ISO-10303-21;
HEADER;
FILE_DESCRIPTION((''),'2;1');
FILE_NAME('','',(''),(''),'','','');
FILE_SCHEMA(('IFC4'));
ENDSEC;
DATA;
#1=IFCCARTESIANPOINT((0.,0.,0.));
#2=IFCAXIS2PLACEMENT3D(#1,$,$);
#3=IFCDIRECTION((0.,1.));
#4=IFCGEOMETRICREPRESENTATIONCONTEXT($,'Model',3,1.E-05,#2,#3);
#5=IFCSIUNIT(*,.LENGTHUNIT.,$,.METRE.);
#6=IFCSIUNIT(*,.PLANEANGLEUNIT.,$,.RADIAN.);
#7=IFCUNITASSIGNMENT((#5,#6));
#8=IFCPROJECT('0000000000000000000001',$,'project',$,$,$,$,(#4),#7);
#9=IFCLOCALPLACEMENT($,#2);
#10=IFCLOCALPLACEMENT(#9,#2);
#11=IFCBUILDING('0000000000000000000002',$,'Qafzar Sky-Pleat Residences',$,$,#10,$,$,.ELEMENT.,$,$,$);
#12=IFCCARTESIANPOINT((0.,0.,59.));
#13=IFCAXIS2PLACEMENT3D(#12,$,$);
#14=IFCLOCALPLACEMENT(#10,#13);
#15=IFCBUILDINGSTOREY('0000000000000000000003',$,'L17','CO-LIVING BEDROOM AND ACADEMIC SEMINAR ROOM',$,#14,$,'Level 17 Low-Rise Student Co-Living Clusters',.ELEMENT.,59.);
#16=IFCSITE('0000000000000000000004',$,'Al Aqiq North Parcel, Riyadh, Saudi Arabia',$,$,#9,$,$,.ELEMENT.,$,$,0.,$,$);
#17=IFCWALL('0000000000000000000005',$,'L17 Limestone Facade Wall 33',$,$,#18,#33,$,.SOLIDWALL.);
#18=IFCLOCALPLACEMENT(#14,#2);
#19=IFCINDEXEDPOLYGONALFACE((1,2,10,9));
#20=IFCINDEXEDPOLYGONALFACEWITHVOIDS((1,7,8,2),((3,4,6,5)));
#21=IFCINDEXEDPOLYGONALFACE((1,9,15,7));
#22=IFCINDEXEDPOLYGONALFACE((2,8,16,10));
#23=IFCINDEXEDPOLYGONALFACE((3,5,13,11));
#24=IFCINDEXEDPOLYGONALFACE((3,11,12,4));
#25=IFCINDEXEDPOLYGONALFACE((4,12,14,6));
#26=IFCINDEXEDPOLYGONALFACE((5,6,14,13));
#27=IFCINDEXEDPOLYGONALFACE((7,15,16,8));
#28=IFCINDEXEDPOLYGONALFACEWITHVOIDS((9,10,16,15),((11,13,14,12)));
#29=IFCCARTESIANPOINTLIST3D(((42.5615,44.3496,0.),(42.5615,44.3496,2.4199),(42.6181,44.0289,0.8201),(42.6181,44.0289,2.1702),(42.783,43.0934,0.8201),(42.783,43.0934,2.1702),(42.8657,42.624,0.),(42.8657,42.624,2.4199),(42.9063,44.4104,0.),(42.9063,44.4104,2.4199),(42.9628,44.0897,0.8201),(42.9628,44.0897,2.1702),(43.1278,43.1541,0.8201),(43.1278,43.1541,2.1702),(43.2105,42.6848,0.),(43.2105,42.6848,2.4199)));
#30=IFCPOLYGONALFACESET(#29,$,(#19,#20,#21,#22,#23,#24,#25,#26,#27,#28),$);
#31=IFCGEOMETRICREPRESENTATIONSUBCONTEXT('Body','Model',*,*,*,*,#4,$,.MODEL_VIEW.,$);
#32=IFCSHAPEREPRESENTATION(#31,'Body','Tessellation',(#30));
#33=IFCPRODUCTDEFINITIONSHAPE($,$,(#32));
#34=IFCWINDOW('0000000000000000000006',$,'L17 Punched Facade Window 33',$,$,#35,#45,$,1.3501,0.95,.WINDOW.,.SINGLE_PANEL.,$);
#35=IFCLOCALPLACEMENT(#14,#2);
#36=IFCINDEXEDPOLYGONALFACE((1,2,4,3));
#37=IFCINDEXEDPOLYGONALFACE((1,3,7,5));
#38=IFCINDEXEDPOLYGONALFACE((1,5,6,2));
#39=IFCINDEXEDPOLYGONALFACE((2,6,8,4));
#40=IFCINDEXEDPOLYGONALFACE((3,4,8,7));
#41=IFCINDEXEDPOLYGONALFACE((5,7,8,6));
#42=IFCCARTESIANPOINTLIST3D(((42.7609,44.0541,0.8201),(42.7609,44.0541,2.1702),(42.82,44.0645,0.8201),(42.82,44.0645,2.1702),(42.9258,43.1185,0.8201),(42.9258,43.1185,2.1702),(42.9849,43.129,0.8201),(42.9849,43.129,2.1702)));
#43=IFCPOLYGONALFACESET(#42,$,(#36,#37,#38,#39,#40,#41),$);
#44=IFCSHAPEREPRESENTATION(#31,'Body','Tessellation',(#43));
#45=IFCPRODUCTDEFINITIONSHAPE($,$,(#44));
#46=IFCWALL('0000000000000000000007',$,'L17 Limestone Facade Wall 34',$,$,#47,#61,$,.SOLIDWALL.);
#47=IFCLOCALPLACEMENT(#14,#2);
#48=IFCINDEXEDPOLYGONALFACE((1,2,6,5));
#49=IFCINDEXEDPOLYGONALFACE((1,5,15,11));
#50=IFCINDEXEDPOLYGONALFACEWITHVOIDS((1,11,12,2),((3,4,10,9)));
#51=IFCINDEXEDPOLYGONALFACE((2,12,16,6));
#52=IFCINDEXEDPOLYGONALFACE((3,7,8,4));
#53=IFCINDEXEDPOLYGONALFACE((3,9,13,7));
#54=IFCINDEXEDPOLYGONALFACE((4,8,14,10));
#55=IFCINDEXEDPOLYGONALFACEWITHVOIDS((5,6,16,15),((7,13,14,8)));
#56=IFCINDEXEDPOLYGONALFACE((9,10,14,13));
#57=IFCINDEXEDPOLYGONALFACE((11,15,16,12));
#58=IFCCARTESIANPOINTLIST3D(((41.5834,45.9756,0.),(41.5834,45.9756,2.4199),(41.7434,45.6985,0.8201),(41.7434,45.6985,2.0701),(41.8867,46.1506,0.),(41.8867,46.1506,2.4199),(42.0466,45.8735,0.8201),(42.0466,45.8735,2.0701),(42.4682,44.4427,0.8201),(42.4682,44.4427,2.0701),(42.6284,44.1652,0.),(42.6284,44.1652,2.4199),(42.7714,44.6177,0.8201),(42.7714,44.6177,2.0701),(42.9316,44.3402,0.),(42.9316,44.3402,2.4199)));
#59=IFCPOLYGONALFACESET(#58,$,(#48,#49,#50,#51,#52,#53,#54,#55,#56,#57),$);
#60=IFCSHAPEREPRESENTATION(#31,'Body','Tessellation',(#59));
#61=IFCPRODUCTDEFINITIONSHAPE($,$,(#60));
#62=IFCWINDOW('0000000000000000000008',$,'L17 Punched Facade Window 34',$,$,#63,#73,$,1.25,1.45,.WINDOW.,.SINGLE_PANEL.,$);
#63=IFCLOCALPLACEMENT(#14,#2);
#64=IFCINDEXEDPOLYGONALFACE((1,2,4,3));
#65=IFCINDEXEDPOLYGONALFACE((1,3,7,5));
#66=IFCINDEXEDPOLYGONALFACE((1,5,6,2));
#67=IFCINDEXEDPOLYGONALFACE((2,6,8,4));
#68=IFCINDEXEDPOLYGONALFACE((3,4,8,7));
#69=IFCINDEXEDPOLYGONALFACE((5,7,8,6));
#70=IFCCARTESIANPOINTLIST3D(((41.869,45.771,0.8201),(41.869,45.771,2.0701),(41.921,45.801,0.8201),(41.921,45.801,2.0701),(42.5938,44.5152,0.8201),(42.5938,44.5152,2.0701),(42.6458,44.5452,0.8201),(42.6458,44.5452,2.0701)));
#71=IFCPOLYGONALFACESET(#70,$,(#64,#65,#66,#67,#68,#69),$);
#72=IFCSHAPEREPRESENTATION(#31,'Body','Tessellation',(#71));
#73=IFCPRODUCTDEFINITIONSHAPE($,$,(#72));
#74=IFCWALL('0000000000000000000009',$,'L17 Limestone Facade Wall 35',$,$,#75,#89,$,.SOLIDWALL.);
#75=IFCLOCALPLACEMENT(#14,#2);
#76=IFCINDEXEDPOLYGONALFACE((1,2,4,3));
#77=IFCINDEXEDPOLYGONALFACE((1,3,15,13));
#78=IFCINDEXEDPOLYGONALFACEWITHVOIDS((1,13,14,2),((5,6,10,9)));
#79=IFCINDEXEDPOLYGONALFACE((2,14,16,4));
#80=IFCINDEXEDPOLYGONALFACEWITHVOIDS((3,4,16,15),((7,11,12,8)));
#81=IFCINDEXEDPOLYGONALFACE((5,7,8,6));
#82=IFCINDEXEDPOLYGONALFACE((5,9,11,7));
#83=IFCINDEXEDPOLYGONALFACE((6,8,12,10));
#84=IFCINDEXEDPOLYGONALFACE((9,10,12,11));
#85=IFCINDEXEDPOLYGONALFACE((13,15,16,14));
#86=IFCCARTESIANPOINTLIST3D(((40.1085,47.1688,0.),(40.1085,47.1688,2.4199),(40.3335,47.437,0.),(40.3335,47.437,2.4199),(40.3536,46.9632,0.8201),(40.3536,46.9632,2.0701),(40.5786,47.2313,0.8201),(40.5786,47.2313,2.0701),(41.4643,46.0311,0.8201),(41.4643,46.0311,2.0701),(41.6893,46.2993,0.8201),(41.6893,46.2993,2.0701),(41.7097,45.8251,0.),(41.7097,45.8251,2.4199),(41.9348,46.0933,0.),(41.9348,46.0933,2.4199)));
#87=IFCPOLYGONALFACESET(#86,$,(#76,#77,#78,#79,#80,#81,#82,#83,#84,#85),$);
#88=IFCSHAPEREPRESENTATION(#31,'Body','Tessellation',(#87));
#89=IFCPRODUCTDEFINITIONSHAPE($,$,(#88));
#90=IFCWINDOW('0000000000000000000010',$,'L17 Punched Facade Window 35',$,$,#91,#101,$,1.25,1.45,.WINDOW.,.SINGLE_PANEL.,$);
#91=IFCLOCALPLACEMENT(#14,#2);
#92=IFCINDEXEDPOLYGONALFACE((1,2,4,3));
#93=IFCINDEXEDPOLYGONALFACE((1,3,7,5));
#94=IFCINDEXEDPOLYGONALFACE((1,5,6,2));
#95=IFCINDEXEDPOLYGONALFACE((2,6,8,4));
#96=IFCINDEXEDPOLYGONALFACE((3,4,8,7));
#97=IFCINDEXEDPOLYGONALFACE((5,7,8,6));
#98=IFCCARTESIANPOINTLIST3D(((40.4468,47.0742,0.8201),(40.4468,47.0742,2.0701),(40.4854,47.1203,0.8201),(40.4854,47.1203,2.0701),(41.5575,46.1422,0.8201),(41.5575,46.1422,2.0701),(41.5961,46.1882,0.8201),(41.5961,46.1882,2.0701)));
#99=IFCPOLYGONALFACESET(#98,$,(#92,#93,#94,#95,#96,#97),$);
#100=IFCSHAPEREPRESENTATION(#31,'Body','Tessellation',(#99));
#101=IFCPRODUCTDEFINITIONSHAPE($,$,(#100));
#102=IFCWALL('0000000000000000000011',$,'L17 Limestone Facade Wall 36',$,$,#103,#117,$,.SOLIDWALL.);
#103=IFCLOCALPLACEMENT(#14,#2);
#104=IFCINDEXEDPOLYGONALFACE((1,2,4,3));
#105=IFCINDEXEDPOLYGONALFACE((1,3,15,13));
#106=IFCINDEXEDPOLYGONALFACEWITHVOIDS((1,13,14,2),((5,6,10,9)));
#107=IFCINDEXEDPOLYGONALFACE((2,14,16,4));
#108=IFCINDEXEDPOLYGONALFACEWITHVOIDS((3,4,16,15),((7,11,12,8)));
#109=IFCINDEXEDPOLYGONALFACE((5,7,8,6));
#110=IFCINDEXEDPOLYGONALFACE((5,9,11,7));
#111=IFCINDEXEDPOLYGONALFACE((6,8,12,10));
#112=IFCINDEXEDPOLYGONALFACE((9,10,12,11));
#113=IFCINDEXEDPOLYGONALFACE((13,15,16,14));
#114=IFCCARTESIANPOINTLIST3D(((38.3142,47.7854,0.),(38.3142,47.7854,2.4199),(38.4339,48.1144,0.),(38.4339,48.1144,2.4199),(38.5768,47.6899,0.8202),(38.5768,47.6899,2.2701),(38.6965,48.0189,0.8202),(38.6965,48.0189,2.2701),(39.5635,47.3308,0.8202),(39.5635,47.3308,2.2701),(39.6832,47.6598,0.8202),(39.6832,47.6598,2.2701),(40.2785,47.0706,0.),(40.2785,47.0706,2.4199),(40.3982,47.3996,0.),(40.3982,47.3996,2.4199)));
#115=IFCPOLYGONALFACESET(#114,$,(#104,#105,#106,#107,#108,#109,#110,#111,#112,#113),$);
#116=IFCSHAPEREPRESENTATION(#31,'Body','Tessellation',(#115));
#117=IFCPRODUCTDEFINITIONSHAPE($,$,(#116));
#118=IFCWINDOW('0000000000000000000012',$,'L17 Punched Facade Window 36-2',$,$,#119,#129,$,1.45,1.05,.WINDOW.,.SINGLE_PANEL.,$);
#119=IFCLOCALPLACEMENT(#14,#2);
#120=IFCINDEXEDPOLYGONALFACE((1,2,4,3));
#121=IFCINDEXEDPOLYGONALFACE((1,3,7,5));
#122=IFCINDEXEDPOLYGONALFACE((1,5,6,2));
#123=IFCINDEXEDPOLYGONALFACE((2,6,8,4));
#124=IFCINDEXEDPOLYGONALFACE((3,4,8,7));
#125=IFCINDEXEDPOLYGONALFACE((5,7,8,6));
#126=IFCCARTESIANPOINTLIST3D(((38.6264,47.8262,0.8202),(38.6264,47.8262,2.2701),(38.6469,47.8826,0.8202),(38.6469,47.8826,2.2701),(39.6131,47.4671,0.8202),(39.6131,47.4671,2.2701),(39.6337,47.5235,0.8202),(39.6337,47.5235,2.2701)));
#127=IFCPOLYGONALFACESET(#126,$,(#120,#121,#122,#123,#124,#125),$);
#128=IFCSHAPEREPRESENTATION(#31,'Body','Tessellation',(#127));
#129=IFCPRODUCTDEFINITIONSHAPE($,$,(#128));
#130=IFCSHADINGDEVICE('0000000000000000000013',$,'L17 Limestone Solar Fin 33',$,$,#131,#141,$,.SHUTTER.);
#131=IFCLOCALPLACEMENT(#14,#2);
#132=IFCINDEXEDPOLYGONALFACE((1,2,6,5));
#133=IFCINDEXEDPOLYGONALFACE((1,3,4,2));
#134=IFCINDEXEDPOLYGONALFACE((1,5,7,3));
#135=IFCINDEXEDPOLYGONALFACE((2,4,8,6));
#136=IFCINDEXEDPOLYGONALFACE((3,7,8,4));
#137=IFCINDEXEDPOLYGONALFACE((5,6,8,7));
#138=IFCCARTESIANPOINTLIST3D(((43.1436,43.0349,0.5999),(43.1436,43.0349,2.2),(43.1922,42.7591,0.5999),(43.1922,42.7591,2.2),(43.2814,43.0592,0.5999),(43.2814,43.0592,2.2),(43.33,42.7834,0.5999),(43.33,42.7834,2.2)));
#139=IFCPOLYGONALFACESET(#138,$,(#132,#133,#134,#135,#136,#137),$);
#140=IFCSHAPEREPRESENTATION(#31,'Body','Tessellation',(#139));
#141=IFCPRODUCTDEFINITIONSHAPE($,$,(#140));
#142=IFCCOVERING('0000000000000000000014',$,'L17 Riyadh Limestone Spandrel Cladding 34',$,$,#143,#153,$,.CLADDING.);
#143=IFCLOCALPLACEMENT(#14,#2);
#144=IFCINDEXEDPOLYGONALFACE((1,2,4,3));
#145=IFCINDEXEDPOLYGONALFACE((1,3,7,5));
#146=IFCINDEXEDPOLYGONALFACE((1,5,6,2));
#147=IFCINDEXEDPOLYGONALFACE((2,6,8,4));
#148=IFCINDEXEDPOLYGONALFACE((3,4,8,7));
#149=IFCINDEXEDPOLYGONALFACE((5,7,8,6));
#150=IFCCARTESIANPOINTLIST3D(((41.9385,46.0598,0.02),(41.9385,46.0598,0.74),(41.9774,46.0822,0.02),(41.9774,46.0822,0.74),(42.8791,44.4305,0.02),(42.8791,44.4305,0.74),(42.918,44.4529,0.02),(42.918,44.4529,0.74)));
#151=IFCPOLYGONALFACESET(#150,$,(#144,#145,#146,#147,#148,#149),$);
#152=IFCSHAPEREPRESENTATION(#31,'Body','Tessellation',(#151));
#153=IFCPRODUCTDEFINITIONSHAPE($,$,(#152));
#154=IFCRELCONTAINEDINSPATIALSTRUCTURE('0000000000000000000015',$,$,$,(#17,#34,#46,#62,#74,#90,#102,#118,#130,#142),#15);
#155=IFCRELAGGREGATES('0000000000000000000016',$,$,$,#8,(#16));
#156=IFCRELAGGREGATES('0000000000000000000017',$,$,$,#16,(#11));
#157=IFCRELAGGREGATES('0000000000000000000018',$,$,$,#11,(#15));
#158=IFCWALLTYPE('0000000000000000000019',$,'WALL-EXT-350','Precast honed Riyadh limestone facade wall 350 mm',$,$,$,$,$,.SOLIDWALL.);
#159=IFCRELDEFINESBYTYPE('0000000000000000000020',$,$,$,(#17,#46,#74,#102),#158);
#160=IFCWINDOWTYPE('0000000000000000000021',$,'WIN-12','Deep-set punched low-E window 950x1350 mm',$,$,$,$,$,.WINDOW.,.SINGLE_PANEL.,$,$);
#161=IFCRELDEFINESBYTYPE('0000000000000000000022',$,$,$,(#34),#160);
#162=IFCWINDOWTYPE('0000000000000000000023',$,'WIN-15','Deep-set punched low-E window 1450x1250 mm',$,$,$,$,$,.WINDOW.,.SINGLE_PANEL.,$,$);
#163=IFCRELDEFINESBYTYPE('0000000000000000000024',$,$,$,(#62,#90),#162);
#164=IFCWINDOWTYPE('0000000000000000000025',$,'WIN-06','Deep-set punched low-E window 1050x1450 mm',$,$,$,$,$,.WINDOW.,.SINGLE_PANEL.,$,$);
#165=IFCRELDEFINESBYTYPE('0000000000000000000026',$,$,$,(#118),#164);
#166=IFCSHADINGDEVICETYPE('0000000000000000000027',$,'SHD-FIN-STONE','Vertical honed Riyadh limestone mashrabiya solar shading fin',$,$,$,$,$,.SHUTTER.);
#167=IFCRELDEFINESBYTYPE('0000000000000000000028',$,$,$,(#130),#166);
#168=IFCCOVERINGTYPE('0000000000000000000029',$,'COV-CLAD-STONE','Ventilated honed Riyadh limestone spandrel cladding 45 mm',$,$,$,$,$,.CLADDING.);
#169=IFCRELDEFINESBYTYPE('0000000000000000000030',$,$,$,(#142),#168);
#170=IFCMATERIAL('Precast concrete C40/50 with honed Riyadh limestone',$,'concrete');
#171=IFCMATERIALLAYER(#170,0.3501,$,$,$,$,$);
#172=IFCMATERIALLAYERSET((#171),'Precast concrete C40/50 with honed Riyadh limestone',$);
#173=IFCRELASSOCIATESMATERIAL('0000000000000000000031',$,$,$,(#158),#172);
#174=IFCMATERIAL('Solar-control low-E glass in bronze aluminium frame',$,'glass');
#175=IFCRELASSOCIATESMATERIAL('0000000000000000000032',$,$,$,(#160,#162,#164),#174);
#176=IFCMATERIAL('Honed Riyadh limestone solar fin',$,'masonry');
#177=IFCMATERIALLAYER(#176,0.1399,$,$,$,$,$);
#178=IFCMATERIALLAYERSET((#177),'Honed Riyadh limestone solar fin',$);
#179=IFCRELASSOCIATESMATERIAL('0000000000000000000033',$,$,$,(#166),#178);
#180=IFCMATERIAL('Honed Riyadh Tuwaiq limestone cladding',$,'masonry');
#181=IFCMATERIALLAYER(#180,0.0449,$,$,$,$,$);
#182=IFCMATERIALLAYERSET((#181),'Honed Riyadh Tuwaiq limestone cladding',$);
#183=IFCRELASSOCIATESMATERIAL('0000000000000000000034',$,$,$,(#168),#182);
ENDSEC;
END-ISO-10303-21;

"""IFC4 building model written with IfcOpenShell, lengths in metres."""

from ifc_helpers import new_model, si_unit, direction, frame, frame_2d, origin, origin_2d, place, context, subcontext, project, spatial, rectangle, extrude, source, transform, mapped, material, layer, layer_set, type_object, element, fill, save


model = new_model("IFC4")

# Units and contexts
model_context = context("Model", 3, precision=1e-05, world=origin(), true_north=direction((0.0, 1.0)))
body_context = subcontext(model_context, "Body", "Model", "MODEL_VIEW")
ifc_project = project(units=[si_unit("LENGTHUNIT", "METRE"), si_unit("PLANEANGLEUNIT", "RADIAN")], contexts=[model_context])

# Site, building, storey
site_placement = place(None, origin())
site = spatial("IfcSite", under=ifc_project, at=site_placement, Name="Al Aqiq North Parcel, Riyadh, Saudi Arabia", CompositionType="ELEMENT", RefElevation=0.0)
building_placement = place(site_placement, origin())
building = spatial("IfcBuilding", under=site, at=building_placement, Name="Qafzar Sky-Pleat Residences", CompositionType="ELEMENT")
storey_placement = place(building_placement, frame((0.0, 0.0, 59.0)))
storey = spatial("IfcBuildingStorey", under=building, at=storey_placement, Name="L17", Description="CO-LIVING BEDROOM AND ACADEMIC SEMINAR ROOM", LongName="Level 17 Low-Rise Student Co-Living Clusters", CompositionType="ELEMENT", Elevation=59.0)

# Shared definitions
ifc_material_1 = material(Name="Precast concrete C40/50 with honed Riyadh limestone", Category="concrete")
ifc_layer_1 = layer(ifc_material_1, 0.3501)
ifc_layer_set_1 = layer_set([ifc_layer_1], Name="Precast concrete C40/50 with honed Riyadh limestone")
wall_type_1 = type_object("IfcWallType", Name="WALL-EXT-350", Description="Precast honed Riyadh limestone facade wall 350 mm", PredefinedType="SOLIDWALL", material=ifc_layer_set_1)
ifc_material_2 = material(Name="Solar-control low-E glass in bronze aluminium frame", Category="glass")

# Walls, openings, windows
wall_1_placement = place(storey_placement, frame((43.0381, 42.6545, 0.0), z_axis=(0.0, 0.0, 1.0), x_axis=(-0.17361, 0.984814, 0.0)))
wall_1 = element("IfcWall", 1, at=wall_1_placement, inside=storey, type_object=wall_type_1, Name="L17 Limestone Facade Wall 33", PredefinedType="SOLIDWALL", context=body_context, shape_type="SweptSolid", body=[
    extrude(rectangle(XDim=1.7522, YDim=0.3501, at=frame_2d((0.876, 0.0))), origin(), (0.0, 0.0, 1.0), 2.4199),
])
opening_1_placement = place(wall_1_placement, frame((0.4763, 0.0, 0.8201)))
opening_1 = element("IfcOpeningElement", 2, at=opening_1_placement, cuts=wall_1, PredefinedType="OPENING", context=body_context, shape_type="SweptSolid", body=[
    extrude(rectangle(XDim=0.95, YDim=1.3501, at=frame_2d((0.4751, 0.675))), frame((0.0, 0.1851, 0.0), z_axis=(0.0, -1.0, 0.0), x_axis=(1.0, 0.0, 0.0)), (0.0, 0.0, 1.0), 0.3701),
])
window_type_1 = type_object("IfcWindowType", Name="WIN-12", Description="Deep-set punched low-E window 950x1350 mm", PartitioningType="SINGLE_PANEL", PredefinedType="WINDOW", material=ifc_material_2)
shared_shape_1 = source(origin(), body_context, "Body", "SweptSolid", [
    extrude(rectangle(XDim=0.95, YDim=1.3501, at=frame_2d((0.4751, 0.675))), frame((0.0, 0.03, 0.0), z_axis=(0.0, -1.0, 0.0), x_axis=(1.0, 0.0, 0.0)), (0.0, 0.0, 1.0), 0.0601),
])
window_1_placement = place(opening_1_placement, origin())
window_1 = element("IfcWindow", 3, at=window_1_placement, inside=storey, type_object=window_type_1, Name="L17 Punched Facade Window 33", OverallHeight=1.3501, OverallWidth=0.95, PartitioningType="SINGLE_PANEL", PredefinedType="WINDOW", context=body_context, shape_type="MappedRepresentation", body=[
    mapped(shared_shape_1, transform((0.0, 0.0, 0.0), x_axis=(1.0, 0.0, 0.0), y_axis=(0.0, 1.0, 0.0), z_axis=(0.0, 0.0, 1.0), scale=1.0)),
])
fill(opening_1, window_1)
wall_2_placement = place(storey_placement, frame((42.78, 44.2527, 0.0), z_axis=(0.0, 0.0, 1.0), x_axis=(-0.499908, 0.866079, 0.0)))
wall_2 = element("IfcWall", 4, at=wall_2_placement, inside=storey, type_object=wall_type_1, Name="L17 Limestone Facade Wall 34", PredefinedType="SOLIDWALL", context=body_context, shape_type="SweptSolid", body=[
    extrude(rectangle(XDim=2.0903, YDim=0.3501, at=frame_2d((1.0452, 0.0))), origin(), (0.0, 0.0, 1.0), 2.4199),
])
opening_2_placement = place(wall_2_placement, frame((0.3203, 0.0, 0.8201)))
opening_2 = element("IfcOpeningElement", 5, at=opening_2_placement, cuts=wall_2, PredefinedType="OPENING", context=body_context, shape_type="SweptSolid", body=[
    extrude(rectangle(XDim=1.45, YDim=1.25, at=frame_2d((0.7251, 0.625))), frame((0.0, 0.1851, 0.0), z_axis=(0.0, -1.0, 0.0), x_axis=(1.0, 0.0, 0.0)), (0.0, 0.0, 1.0), 0.3701),
])
window_type_2 = type_object("IfcWindowType", Name="WIN-15", Description="Deep-set punched low-E window 1450x1250 mm", PartitioningType="SINGLE_PANEL", PredefinedType="WINDOW", material=ifc_material_2)
shared_shape_2 = source(origin(), body_context, "Body", "SweptSolid", [
    extrude(rectangle(XDim=1.45, YDim=1.25, at=frame_2d((0.7251, 0.625))), frame((0.0, 0.03, 0.0), z_axis=(0.0, -1.0, 0.0), x_axis=(1.0, 0.0, 0.0)), (0.0, 0.0, 1.0), 0.0601),
])
window_2_placement = place(opening_2_placement, origin())
window_2 = element("IfcWindow", 6, at=window_2_placement, inside=storey, type_object=window_type_2, Name="L17 Punched Facade Window 34", OverallHeight=1.25, OverallWidth=1.45, PartitioningType="SINGLE_PANEL", PredefinedType="WINDOW", context=body_context, shape_type="MappedRepresentation", body=[
    mapped(shared_shape_2, transform((0.0, 0.0, 0.0), x_axis=(1.0, 0.0, 0.0), y_axis=(0.0, 1.0, 0.0), z_axis=(0.0, 0.0, 1.0), scale=1.0)),
])
fill(opening_2, window_2)
wall_3_placement = place(storey_placement, frame((41.8223, 45.9592, 0.0), z_axis=(0.0, 0.0, 1.0), x_axis=(-0.766025, 0.642811, 0.0)))
wall_3 = element("IfcWall", 7, at=wall_3_placement, inside=storey, type_object=wall_type_1, Name="L17 Limestone Facade Wall 35", PredefinedType="SOLIDWALL", context=body_context, shape_type="SweptSolid", body=[
    extrude(rectangle(XDim=2.0903, YDim=0.3501, at=frame_2d((1.0452, 0.0))), origin(), (0.0, 0.0, 1.0), 2.4199),
])
opening_3_placement = place(wall_3_placement, frame((0.3203, 0.0, 0.8201)))
opening_3 = element("IfcOpeningElement", 8, at=opening_3_placement, cuts=wall_3, PredefinedType="OPENING", context=body_context, shape_type="SweptSolid", body=[
    extrude(rectangle(XDim=1.45, YDim=1.25, at=frame_2d((0.7251, 0.625))), frame((0.0, 0.1851, 0.0), z_axis=(0.0, -1.0, 0.0), x_axis=(1.0, 0.0, 0.0)), (0.0, 0.0, 1.0), 0.3701),
])
window_3_placement = place(opening_3_placement, origin())
window_3 = element("IfcWindow", 9, at=window_3_placement, inside=storey, type_object=window_type_2, Name="L17 Punched Facade Window 35", OverallHeight=1.25, OverallWidth=1.45, PartitioningType="SINGLE_PANEL", PredefinedType="WINDOW", context=body_context, shape_type="MappedRepresentation", body=[
    mapped(shared_shape_2, transform((0.0, 0.0, 0.0), x_axis=(1.0, 0.0, 0.0), y_axis=(0.0, 1.0, 0.0), z_axis=(0.0, 0.0, 1.0), scale=1.0)),
])
fill(opening_3, window_3)
wall_4_placement = place(storey_placement, frame((40.3384, 47.2351, 0.0), z_axis=(0.0, 0.0, 1.0), x_axis=(-0.939712, 0.341968, 0.0)))
wall_4 = element("IfcWall", 10, at=wall_4_placement, inside=storey, type_object=wall_type_1, Name="L17 Limestone Facade Wall 36", PredefinedType="SOLIDWALL", context=body_context, shape_type="SweptSolid", body=[
    extrude(rectangle(XDim=2.0903, YDim=0.3501, at=frame_2d((1.0452, 0.0))), origin(), (0.0, 0.0, 1.0), 2.4199),
])
opening_4_placement = place(wall_4_placement, frame((0.761, 0.0, 0.8201)))
opening_4 = element("IfcOpeningElement", 11, at=opening_4_placement, cuts=wall_4, PredefinedType="OPENING", context=body_context, shape_type="SweptSolid", body=[
    extrude(rectangle(XDim=1.05, YDim=1.45, at=frame_2d((0.5249, 0.7251))), frame((0.0, 0.1851, 0.0), z_axis=(0.0, -1.0, 0.0), x_axis=(1.0, 0.0, 0.0)), (0.0, 0.0, 1.0), 0.3701),
])
window_type_3 = type_object("IfcWindowType", Name="WIN-06", Description="Deep-set punched low-E window 1050x1450 mm", PartitioningType="SINGLE_PANEL", PredefinedType="WINDOW", material=ifc_material_2)
shared_shape_3 = source(origin(), body_context, "Body", "SweptSolid", [
    extrude(rectangle(XDim=1.05, YDim=1.45, at=frame_2d((0.5249, 0.7251))), frame((0.0, 0.03, 0.0), z_axis=(0.0, -1.0, 0.0), x_axis=(1.0, 0.0, 0.0)), (0.0, 0.0, 1.0), 0.0601),
])
window_4_placement = place(opening_4_placement, origin())
window_4 = element("IfcWindow", 12, at=window_4_placement, inside=storey, type_object=window_type_3, Name="L17 Punched Facade Window 36-2", OverallHeight=1.45, OverallWidth=1.05, PartitioningType="SINGLE_PANEL", PredefinedType="WINDOW", context=body_context, shape_type="MappedRepresentation", body=[
    mapped(shared_shape_3, transform((0.0, 0.0, 0.0), x_axis=(1.0, 0.0, 0.0), y_axis=(0.0, 1.0, 0.0), z_axis=(0.0, 0.0, 1.0), scale=1.0)),
])
fill(opening_4, window_4)

# Shading device
ifc_material_3 = material(Name="Honed Riyadh limestone solar fin", Category="masonry")
ifc_layer_2 = layer(ifc_material_3, 0.1399)
ifc_layer_set_2 = layer_set([ifc_layer_2], Name="Honed Riyadh limestone solar fin")
shading_device_type = type_object("IfcShadingDeviceType", Name="SHD-FIN-STONE", Description="Vertical honed Riyadh limestone mashrabiya solar shading fin", PredefinedType="SHUTTER", material=ifc_layer_set_2)
shared_shape_4 = source(origin(), body_context, "Body", "SweptSolid", [
    extrude(rectangle(XDim=0.1399, YDim=0.28, at=origin_2d()), origin(), (0.0, 0.0, 1.0), 1.6001),
])
shading_device_placement = place(storey_placement, frame((43.2368, 42.9092, 0.5999), z_axis=(0.0, 0.0, 1.0), x_axis=(0.984806, 0.173658, 0.0)))
element("IfcShadingDevice", 13, at=shading_device_placement, inside=storey, type_object=shading_device_type, Name="L17 Limestone Solar Fin 33", PredefinedType="SHUTTER", context=body_context, shape_type="MappedRepresentation", body=[
    mapped(shared_shape_4, transform((0.0, 0.0, 0.0), x_axis=(1.0, 0.0, 0.0), y_axis=(0.0, 1.0, 0.0), z_axis=(0.0, 0.0, 1.0), scale=1.0)),
])

# Covering
ifc_material_4 = material(Name="Honed Riyadh Tuwaiq limestone cladding", Category="masonry")
ifc_layer_3 = layer(ifc_material_4, 0.0449)
ifc_layer_set_3 = layer_set([ifc_layer_3], Name="Honed Riyadh Tuwaiq limestone cladding")
covering_type = type_object("IfcCoveringType", Name="COV-CLAD-STONE", Description="Ventilated honed Riyadh limestone spandrel cladding 45 mm", PredefinedType="CLADDING", material=ifc_layer_set_3)
shared_shape_5 = source(origin(), body_context, "Body", "SweptSolid", [
    extrude(rectangle(XDim=1.8813, YDim=0.0449, at=origin_2d()), origin(), (0.0, 0.0, 1.0), 0.72),
])
covering_1_placement = place(storey_placement, frame((42.4282, 45.2563, 0.02), z_axis=(0.0, 0.0, 1.0), x_axis=(-0.499972, 0.866041, 0.0)))
element("IfcCovering", 14, at=covering_1_placement, inside=storey, type_object=covering_type, Name="L17 Riyadh Limestone Spandrel Cladding 34", PredefinedType="CLADDING", context=body_context, shape_type="MappedRepresentation", body=[
    mapped(shared_shape_5, transform((0.0, 0.0, 0.0), x_axis=(1.0, 0.0, 0.0), y_axis=(0.0, 1.0, 0.0), z_axis=(0.0, 0.0, 1.0), scale=1.0)),
])

save(model, "model.ifc")
